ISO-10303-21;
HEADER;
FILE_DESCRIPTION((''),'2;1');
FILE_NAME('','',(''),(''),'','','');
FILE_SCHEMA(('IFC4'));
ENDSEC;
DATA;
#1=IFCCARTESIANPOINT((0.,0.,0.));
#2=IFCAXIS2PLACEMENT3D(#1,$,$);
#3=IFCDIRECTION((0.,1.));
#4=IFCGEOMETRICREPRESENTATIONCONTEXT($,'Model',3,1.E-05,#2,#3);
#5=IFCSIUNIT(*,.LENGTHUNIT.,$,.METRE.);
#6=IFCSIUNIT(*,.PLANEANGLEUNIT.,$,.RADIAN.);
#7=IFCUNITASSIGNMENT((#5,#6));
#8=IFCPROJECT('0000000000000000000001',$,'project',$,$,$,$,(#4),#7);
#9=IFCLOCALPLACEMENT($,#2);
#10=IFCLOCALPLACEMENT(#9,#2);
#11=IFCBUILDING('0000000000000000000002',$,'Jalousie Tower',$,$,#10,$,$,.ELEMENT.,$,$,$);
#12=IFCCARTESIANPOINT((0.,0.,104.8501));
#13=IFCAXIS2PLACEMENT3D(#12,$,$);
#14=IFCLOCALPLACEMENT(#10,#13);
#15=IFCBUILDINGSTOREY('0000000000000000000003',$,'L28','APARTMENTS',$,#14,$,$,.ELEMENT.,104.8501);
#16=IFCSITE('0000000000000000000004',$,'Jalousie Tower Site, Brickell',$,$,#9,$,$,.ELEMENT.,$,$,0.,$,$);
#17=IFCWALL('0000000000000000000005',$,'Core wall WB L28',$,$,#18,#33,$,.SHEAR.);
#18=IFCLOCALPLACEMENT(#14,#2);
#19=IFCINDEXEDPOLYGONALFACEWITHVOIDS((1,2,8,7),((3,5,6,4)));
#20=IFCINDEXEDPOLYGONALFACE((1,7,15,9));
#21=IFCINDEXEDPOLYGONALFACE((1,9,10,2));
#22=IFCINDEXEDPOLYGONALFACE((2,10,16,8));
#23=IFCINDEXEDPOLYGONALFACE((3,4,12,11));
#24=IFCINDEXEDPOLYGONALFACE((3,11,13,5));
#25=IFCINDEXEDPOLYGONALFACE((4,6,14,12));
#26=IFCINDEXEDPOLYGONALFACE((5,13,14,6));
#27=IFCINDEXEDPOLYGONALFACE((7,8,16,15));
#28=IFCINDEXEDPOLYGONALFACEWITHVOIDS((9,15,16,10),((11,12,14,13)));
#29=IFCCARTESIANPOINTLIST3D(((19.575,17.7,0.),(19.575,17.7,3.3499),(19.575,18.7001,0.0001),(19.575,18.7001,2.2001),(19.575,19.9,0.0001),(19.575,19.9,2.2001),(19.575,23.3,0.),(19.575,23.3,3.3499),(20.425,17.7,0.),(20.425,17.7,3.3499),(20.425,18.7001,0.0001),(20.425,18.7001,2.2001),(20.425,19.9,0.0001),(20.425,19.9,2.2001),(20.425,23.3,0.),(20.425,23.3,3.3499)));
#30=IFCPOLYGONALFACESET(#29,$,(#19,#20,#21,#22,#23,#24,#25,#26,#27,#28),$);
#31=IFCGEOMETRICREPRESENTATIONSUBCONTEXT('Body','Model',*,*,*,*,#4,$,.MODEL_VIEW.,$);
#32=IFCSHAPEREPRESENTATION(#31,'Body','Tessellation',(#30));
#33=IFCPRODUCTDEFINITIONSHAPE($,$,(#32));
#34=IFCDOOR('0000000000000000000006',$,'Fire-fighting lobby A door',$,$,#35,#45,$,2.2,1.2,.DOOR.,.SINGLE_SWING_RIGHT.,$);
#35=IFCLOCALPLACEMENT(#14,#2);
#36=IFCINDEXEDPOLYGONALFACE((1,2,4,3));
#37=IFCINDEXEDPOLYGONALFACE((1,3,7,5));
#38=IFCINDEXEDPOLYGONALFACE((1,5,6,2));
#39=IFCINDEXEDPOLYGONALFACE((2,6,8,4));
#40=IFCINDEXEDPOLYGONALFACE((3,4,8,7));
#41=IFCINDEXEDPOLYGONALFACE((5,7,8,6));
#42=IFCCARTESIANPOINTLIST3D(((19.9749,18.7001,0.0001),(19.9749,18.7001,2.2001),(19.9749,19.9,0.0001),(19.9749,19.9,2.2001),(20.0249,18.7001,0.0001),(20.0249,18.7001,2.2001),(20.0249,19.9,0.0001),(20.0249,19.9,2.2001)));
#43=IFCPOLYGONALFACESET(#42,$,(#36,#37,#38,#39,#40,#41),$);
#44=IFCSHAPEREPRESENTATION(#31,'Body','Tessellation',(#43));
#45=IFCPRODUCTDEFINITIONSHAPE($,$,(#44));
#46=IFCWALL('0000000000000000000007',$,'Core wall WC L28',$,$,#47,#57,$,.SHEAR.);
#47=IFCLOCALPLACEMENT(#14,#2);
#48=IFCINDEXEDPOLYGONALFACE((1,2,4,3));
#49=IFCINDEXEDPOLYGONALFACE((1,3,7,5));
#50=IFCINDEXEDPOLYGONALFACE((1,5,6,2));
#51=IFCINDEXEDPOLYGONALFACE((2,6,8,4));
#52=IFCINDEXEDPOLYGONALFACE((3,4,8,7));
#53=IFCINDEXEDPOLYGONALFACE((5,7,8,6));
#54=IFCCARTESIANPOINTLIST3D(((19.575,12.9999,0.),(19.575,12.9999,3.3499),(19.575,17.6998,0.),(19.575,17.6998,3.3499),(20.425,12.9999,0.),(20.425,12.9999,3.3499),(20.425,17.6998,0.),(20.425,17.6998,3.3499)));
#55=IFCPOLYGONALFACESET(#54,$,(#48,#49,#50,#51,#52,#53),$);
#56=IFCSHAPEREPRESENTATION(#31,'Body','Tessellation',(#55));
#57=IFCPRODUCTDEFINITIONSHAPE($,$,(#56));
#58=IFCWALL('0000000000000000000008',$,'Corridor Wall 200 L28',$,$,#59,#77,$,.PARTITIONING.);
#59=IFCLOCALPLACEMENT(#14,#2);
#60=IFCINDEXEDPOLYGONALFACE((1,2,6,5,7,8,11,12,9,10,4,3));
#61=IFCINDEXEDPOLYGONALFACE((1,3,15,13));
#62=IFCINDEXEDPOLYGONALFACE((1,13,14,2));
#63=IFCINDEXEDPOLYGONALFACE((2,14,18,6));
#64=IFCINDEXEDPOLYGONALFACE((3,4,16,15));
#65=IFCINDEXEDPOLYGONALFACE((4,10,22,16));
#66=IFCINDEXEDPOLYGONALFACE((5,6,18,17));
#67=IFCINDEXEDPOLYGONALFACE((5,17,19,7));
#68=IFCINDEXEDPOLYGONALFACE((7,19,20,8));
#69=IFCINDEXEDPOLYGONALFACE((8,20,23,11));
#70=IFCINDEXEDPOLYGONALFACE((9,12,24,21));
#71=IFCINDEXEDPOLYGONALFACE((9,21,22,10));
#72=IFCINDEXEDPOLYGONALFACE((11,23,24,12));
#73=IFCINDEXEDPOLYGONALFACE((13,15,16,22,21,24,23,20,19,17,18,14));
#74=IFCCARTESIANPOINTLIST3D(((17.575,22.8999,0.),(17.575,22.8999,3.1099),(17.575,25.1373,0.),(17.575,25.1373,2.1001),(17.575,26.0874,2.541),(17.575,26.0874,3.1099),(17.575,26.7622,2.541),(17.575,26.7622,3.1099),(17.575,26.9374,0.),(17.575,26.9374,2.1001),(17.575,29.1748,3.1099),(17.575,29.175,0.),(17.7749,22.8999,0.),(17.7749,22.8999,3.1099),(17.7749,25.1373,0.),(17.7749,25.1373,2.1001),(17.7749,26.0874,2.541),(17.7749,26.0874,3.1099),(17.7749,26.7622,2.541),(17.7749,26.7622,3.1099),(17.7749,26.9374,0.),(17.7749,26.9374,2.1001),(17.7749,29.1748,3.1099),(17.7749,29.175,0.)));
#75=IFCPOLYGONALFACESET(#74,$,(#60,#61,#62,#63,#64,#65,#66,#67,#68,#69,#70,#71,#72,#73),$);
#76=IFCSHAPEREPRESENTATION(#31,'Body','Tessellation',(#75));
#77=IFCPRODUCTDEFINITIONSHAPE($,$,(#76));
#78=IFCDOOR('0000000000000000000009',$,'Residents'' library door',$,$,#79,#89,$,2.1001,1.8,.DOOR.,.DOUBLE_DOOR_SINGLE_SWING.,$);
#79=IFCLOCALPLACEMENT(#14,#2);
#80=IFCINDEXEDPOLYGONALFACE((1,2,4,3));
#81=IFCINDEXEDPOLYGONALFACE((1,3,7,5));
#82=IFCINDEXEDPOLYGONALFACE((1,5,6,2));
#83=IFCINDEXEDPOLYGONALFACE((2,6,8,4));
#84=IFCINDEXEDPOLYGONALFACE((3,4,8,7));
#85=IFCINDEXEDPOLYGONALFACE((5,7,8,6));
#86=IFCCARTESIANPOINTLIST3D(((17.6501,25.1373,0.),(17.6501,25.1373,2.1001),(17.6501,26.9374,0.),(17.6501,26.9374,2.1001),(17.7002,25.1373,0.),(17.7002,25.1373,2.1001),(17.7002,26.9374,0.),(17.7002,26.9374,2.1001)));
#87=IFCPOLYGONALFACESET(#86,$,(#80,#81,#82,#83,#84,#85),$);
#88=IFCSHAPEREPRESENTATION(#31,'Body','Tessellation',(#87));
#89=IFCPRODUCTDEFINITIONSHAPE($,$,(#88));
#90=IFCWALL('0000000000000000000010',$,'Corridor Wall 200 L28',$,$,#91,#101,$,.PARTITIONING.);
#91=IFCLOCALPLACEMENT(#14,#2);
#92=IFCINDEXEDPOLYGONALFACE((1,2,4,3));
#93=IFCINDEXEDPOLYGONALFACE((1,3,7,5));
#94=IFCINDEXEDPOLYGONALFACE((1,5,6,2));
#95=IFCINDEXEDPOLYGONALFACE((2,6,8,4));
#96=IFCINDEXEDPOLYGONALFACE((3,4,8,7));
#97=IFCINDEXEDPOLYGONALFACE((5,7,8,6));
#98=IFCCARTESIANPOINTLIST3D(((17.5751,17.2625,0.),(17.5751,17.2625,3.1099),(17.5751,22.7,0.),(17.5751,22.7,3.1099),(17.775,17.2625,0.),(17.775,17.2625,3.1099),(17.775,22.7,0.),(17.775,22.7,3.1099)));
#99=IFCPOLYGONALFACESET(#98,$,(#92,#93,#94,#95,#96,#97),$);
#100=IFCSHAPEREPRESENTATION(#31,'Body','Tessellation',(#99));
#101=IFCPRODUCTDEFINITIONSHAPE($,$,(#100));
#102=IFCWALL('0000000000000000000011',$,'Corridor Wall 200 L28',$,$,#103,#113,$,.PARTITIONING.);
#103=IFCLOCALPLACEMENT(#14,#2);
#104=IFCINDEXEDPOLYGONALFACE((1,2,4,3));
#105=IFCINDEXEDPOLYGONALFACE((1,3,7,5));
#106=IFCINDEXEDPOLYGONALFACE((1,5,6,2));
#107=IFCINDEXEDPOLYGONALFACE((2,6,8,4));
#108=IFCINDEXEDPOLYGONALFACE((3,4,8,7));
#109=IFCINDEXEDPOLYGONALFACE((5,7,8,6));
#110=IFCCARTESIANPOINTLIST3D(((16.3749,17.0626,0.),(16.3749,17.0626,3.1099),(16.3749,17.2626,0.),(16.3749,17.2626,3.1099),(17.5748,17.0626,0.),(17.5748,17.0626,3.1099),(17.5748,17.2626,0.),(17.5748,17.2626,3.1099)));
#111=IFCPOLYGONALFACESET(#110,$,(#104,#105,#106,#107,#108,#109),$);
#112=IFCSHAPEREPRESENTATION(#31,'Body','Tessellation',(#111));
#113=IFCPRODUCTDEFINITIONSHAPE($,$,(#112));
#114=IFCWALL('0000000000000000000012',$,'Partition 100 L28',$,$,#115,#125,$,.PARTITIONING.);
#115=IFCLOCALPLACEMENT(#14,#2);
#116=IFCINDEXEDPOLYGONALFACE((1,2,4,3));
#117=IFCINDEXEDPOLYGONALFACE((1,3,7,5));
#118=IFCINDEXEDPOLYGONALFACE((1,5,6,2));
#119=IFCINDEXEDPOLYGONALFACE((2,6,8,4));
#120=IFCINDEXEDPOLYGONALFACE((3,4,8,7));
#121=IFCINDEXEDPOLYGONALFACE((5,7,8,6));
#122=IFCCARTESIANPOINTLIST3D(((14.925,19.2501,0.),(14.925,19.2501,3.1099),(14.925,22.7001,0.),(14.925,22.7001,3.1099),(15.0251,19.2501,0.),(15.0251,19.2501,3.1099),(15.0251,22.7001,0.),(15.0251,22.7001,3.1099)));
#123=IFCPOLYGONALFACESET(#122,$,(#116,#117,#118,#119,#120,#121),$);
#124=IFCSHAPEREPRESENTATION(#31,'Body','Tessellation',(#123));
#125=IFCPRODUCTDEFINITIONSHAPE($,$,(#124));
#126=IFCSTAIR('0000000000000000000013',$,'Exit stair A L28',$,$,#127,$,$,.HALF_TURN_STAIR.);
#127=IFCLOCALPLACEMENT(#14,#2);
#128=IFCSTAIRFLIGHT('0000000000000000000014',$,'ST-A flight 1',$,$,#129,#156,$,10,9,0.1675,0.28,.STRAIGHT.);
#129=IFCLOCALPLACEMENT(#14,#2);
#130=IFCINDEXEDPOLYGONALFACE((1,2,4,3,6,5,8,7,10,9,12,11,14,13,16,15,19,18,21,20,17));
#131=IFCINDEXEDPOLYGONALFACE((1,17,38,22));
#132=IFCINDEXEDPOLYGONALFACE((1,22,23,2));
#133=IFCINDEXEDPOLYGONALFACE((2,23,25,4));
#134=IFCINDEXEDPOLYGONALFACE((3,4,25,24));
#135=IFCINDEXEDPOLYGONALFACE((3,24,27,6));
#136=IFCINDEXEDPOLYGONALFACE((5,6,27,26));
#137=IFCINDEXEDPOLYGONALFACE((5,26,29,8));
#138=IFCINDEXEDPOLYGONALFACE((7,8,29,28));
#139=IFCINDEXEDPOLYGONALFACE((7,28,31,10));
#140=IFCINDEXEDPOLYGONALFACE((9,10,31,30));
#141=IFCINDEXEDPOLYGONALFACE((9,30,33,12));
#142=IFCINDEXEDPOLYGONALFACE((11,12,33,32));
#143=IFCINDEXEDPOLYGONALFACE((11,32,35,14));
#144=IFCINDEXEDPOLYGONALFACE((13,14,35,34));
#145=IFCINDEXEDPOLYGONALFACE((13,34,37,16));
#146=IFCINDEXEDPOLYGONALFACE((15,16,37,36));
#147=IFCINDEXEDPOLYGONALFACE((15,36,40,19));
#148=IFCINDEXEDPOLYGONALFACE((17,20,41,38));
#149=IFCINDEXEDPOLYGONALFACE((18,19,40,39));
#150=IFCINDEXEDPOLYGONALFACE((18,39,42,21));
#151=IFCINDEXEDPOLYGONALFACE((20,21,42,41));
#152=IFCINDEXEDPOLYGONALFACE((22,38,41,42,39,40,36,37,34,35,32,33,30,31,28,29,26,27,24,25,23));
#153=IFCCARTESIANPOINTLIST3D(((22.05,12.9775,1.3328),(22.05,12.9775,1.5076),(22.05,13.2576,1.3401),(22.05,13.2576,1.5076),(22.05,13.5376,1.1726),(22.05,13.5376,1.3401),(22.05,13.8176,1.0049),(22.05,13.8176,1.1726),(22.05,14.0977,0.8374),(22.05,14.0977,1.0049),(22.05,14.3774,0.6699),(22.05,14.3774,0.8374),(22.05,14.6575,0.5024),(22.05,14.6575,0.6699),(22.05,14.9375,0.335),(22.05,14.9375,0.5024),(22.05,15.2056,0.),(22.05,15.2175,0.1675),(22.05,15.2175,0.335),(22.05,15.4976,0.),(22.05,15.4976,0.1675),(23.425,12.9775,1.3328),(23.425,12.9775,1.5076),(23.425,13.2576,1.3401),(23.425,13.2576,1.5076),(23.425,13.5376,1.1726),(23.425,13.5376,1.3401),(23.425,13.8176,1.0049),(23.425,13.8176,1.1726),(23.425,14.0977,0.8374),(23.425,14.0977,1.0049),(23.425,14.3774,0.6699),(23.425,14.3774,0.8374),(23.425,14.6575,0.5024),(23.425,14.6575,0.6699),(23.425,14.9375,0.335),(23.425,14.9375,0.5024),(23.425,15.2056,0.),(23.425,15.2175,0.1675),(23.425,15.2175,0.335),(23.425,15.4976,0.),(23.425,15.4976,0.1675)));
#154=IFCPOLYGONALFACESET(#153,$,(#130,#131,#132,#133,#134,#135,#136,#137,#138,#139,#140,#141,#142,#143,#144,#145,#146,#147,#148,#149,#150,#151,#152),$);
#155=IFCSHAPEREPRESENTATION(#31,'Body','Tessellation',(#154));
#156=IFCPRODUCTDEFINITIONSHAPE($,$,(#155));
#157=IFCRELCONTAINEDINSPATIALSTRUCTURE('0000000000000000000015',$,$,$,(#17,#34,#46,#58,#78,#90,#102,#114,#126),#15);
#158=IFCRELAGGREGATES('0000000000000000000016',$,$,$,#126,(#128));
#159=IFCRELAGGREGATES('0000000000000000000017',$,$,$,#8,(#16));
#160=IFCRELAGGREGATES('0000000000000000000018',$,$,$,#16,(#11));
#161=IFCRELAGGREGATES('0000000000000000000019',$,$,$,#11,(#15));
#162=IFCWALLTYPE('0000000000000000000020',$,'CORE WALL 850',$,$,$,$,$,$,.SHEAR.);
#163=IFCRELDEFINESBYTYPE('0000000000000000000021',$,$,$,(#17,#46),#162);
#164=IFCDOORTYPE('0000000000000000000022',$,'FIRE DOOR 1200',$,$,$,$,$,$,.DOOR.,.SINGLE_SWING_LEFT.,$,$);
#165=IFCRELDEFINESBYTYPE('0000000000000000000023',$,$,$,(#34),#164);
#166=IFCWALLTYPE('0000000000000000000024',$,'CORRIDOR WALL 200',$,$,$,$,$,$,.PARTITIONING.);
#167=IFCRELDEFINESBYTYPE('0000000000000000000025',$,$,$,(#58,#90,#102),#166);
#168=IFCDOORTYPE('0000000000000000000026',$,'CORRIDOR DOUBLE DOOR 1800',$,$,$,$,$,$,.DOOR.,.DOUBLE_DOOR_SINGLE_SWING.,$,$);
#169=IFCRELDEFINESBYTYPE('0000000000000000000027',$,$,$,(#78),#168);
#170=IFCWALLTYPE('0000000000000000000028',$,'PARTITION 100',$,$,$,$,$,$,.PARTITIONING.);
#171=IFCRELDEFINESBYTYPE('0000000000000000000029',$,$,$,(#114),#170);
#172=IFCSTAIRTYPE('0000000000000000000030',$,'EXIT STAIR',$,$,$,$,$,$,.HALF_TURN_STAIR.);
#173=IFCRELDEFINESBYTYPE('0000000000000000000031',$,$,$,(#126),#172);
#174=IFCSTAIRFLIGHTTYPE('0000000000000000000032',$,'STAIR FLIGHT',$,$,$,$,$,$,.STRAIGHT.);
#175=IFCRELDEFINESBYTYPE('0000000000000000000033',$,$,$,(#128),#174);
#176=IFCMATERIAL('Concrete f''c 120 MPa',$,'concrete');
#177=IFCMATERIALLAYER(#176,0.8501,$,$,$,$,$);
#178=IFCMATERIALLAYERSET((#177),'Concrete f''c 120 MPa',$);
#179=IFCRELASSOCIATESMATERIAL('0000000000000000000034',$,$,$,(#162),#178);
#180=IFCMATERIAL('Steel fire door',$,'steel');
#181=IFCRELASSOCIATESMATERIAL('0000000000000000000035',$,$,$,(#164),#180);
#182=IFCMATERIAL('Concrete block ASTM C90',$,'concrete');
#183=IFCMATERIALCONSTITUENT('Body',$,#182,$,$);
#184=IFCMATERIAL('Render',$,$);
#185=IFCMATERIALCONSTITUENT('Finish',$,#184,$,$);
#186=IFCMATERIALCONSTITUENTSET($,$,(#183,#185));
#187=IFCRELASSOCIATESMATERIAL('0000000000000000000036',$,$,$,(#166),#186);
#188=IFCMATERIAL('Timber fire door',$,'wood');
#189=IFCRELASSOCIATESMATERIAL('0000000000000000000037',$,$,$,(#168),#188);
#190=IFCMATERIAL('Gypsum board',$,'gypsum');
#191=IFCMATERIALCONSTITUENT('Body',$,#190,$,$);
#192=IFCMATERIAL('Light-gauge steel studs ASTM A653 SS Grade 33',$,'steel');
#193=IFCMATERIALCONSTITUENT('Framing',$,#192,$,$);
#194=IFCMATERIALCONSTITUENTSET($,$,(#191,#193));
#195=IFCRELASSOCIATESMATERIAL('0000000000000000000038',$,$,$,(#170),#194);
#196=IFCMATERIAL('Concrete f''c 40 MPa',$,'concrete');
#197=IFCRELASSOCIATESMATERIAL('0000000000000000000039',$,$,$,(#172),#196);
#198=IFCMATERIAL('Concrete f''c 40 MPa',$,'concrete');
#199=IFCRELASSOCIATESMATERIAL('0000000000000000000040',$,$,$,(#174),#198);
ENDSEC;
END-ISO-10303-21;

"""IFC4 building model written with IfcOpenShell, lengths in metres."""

from ifc_helpers import new_model, si_unit, direction, frame, frame_2d, origin, place, context, subcontext, project, spatial, polyline, rectangle, outline, extrude, material, layer, layer_set, constituent, constituent_set, type_object, element, fill, aggregate, save


model = new_model("IFC4")

# Units and contexts
model_context = context("Model", 3, precision=1e-05, world=origin(), true_north=direction((0.0, 1.0)))
body_context = subcontext(model_context, "Body", "Model", "MODEL_VIEW")
ifc_project = project(units=[si_unit("LENGTHUNIT", "METRE"), si_unit("PLANEANGLEUNIT", "RADIAN")], contexts=[model_context])

# Site, building, storey
site_placement = place(None, origin())
site = spatial("IfcSite", under=ifc_project, at=site_placement, Name="Jalousie Tower Site, Brickell", CompositionType="ELEMENT", RefElevation=0.0)
building_placement = place(site_placement, origin())
building = spatial("IfcBuilding", under=site, at=building_placement, Name="Jalousie Tower", CompositionType="ELEMENT")
storey_placement = place(building_placement, frame((0.0, 0.0, 104.8501)))
storey = spatial("IfcBuildingStorey", under=building, at=storey_placement, Name="L28", Description="APARTMENTS", CompositionType="ELEMENT", Elevation=104.8501)

# Shared definitions
ifc_material_1 = material(Name="Concrete f'c 120 MPa", Category="concrete")
ifc_layer_1 = layer(ifc_material_1, 0.8501)
ifc_layer_set_1 = layer_set([ifc_layer_1], Name="Concrete f'c 120 MPa")
wall_type_1 = type_object("IfcWallType", Name="CORE WALL 850", PredefinedType="SHEAR", material=ifc_layer_set_1)

# Wall, opening, door
wall_1_placement = place(storey_placement, frame((20.0, 23.3, 0.0), z_axis=(0.0, 0.0, 1.0), x_axis=(0.0, -1.0, 0.0)))
wall_1 = element("IfcWall", 1, at=wall_1_placement, inside=storey, type_object=wall_type_1, Name="Core wall WB L28", PredefinedType="SHEAR", context=body_context, shape_type="SweptSolid", body=[
    extrude(rectangle(XDim=5.6001, YDim=0.8501, at=frame_2d((2.8, 0.0))), origin(), (0.0, 0.0, 1.0), 3.3499),
])
opening_1_placement = place(wall_1_placement, frame((3.3999, 0.0, 0.0)))
opening_1 = element("IfcOpeningElement", 2, at=opening_1_placement, cuts=wall_1, PredefinedType="OPENING", context=body_context, shape_type="SweptSolid", body=[
    extrude(rectangle(XDim=1.2, YDim=2.2, at=frame_2d((0.6001, 1.1001))), frame((0.0, 0.4351, 0.0), z_axis=(0.0, -1.0, 0.0), x_axis=(1.0, 0.0, 0.0)), (0.0, 0.0, 1.0), 0.8701),
])
ifc_material_2 = material(Name="Steel fire door", Category="steel")
door_type_1 = type_object("IfcDoorType", Name="FIRE DOOR 1200", OperationType="SINGLE_SWING_LEFT", PredefinedType="DOOR", material=ifc_material_2)
door_1_placement = place(opening_1_placement, origin())
door_1 = element("IfcDoor", 3, at=door_1_placement, inside=storey, type_object=door_type_1, Name="Fire-fighting lobby A door", OperationType="SINGLE_SWING_RIGHT", OverallHeight=2.2, OverallWidth=1.2, PredefinedType="DOOR", context=body_context, shape_type="SweptSolid", body=[
    extrude(rectangle(XDim=1.2, YDim=2.2, at=frame_2d((0.6001, 1.1001))), frame((0.0, 0.0249, 0.0), z_axis=(0.0, -1.0, 0.0), x_axis=(1.0, 0.0, 0.0)), (0.0, 0.0, 1.0), 0.05),
])
fill(opening_1, door_1)

# Wall
wall_2_placement = place(storey_placement, frame((20.0, 17.7, 0.0), z_axis=(0.0, 0.0, 1.0), x_axis=(0.0, -1.0, 0.0)))
element("IfcWall", 4, at=wall_2_placement, inside=storey, type_object=wall_type_1, Name="Core wall WC L28", PredefinedType="SHEAR", context=body_context, shape_type="SweptSolid", body=[
    extrude(rectangle(XDim=4.7, YDim=0.8501, at=frame_2d((2.3501, 0.0))), origin(), (0.0, 0.0, 1.0), 3.3499),
])

# Wall, opening, door
ifc_material_3 = material(Name="Concrete block ASTM C90", Category="concrete")
ifc_constituent_1 = constituent(ifc_material_3, Name="Body")
ifc_material_4 = material(Name="Render")
ifc_constituent_2 = constituent(ifc_material_4, Name="Finish")
ifc_constituent_set_1 = constituent_set(constituents=[ifc_constituent_1, ifc_constituent_2])
wall_type_2 = type_object("IfcWallType", Name="CORRIDOR WALL 200", PredefinedType="PARTITIONING", material=ifc_constituent_set_1)
wall_3_placement = place(storey_placement, frame((17.675, 22.8999, 0.0), z_axis=(0.0, 0.0, 1.0), x_axis=(0.0, 1.0, 0.0)))
wall_3 = element("IfcWall", 5, at=wall_3_placement, inside=storey, type_object=wall_type_2, Name="Corridor Wall 200 L28", PredefinedType="PARTITIONING", context=body_context, shape_type="SweptSolid", body=[
    extrude(outline(polyline([(0.0, 0.0), (6.2751, 0.0), (6.2749, 3.1099), (3.8623, 3.1099), (3.8623, 2.541), (3.1875, 2.541), (3.1875, 3.1099), (0.0, 3.1099), (0.0, 0.0)])), frame((0.0, 0.1001, 0.0), z_axis=(0.0, -1.0, 0.0), x_axis=(1.0, 0.0, 0.0)), (0.0, 0.0, 1.0), 0.2),
])
opening_2_placement = place(wall_3_placement, frame((2.2375, 0.0, 0.0)))
opening_2 = element("IfcOpeningElement", 6, at=opening_2_placement, cuts=wall_3, PredefinedType="OPENING", context=body_context, shape_type="SweptSolid", body=[
    extrude(rectangle(XDim=1.8, YDim=2.1001, at=frame_2d((0.8999, 1.05))), frame((0.0, 0.1099, 0.0), z_axis=(0.0, -1.0, 0.0), x_axis=(1.0, 0.0, 0.0)), (0.0, 0.0, 1.0), 0.22),
])
ifc_material_5 = material(Name="Timber fire door", Category="wood")
door_type_2 = type_object("IfcDoorType", Name="CORRIDOR DOUBLE DOOR 1800", OperationType="DOUBLE_DOOR_SINGLE_SWING", PredefinedType="DOOR", material=ifc_material_5)
door_2_placement = place(opening_2_placement, origin())
door_2 = element("IfcDoor", 7, at=door_2_placement, inside=storey, type_object=door_type_2, Name="Residents' library door", OperationType="DOUBLE_DOOR_SINGLE_SWING", OverallHeight=2.1001, OverallWidth=1.8, PredefinedType="DOOR", context=body_context, shape_type="SweptSolid", body=[
    extrude(rectangle(XDim=1.8, YDim=2.1001, at=frame_2d((0.8999, 1.05))), frame((0.0, 0.0249, 0.0), z_axis=(0.0, -1.0, 0.0), x_axis=(1.0, 0.0, 0.0)), (0.0, 0.0, 1.0), 0.05),
])
fill(opening_2, door_2)

# Walls
wall_4_placement = place(storey_placement, frame((17.675, 17.2625, 0.0), z_axis=(0.0, 0.0, 1.0), x_axis=(0.0, 1.0, 0.0)))
element("IfcWall", 8, at=wall_4_placement, inside=storey, type_object=wall_type_2, Name="Corridor Wall 200 L28", PredefinedType="PARTITIONING", context=body_context, shape_type="SweptSolid", body=[
    extrude(rectangle(XDim=5.4375, YDim=0.2, at=frame_2d((2.7188, 0.0))), origin(), (0.0, 0.0, 1.0), 3.1099),
])
wall_5_placement = place(storey_placement, frame((17.575, 17.1626, 0.0), z_axis=(0.0, 0.0, 1.0), x_axis=(-1.0, 0.0, 0.0)))
element("IfcWall", 9, at=wall_5_placement, inside=storey, type_object=wall_type_2, Name="Corridor Wall 200 L28", PredefinedType="PARTITIONING", context=body_context, shape_type="SweptSolid", body=[
    extrude(rectangle(XDim=1.2, YDim=0.2, at=frame_2d((0.6001, 0.0))), origin(), (0.0, 0.0, 1.0), 3.1099),
])
ifc_material_6 = material(Name="Gypsum board", Category="gypsum")
ifc_constituent_3 = constituent(ifc_material_6, Name="Body")
ifc_material_7 = material(Name="Light-gauge steel studs ASTM A653 SS Grade 33", Category="steel")
ifc_constituent_4 = constituent(ifc_material_7, Name="Framing")
ifc_constituent_set_2 = constituent_set(constituents=[ifc_constituent_3, ifc_constituent_4])
wall_type_3 = type_object("IfcWallType", Name="PARTITION 100", PredefinedType="PARTITIONING", material=ifc_constituent_set_2)
wall_6_placement = place(storey_placement, frame((14.9751, 19.25, 0.0), z_axis=(0.0, 0.0, 1.0), x_axis=(0.0, 1.0, 0.0)))
element("IfcWall", 10, at=wall_6_placement, inside=storey, type_object=wall_type_3, Name="Partition 100 L28", PredefinedType="PARTITIONING", context=body_context, shape_type="SweptSolid", body=[
    extrude(rectangle(XDim=3.45, YDim=0.1001, at=frame_2d((1.7251, 0.0))), origin(), (0.0, 0.0, 1.0), 3.1099),
])

# Stair, stair flight
ifc_material_8 = material(Name="Concrete f'c 40 MPa", Category="concrete")
stair_type = type_object("IfcStairType", Name="EXIT STAIR", PredefinedType="HALF_TURN_STAIR", material=ifc_material_8)
stair_placement = place(storey_placement, origin())
stair = element("IfcStair", 11, at=stair_placement, inside=storey, type_object=stair_type, Name="Exit stair A L28", PredefinedType="HALF_TURN_STAIR")
ifc_material_9 = material(Name="Concrete f'c 40 MPa", Category="concrete")
stair_flight_type = type_object("IfcStairFlightType", Name="STAIR FLIGHT", PredefinedType="STRAIGHT", material=ifc_material_9)
stair_flight_placement = place(storey_placement, frame((22.7375, 15.4976, 0.0), z_axis=(0.0, 0.0, 1.0), x_axis=(0.0, -1.0, 0.0)))
stair_flight = element("IfcStairFlight", 12, at=stair_flight_placement, type_object=stair_flight_type, Name="ST-A flight 1", NumberOfRisers=10, NumberOfTreads=9, PredefinedType="STRAIGHT", RiserHeight=0.1675, TreadLength=0.28, context=body_context, shape_type="SweptSolid", body=[
    extrude(outline(polyline([(0.0, 0.0), (0.0, 0.1675), (0.28, 0.1675), (0.28, 0.335), (0.5601, 0.335), (0.5601, 0.5024), (0.8401, 0.5024), (0.8401, 0.6699), (1.1201, 0.6699), (1.1201, 0.8374), (1.3999, 0.8374), (1.3999, 1.0049), (1.6799, 1.0049), (1.6799, 1.1726), (1.96, 1.1726), (1.96, 1.3401), (2.24, 1.3401), (2.24, 1.5076), (2.52, 1.5076), (2.52, 1.675), (2.52, 1.3328), (0.292, 0.0), (0.0, 0.0)])), frame((0.0, 0.6875, 0.0), z_axis=(0.0, -1.0, 0.0), x_axis=(1.0, 0.0, 0.0)), (0.0, 0.0, 1.0), 1.375),
])
aggregate(stair, [stair_flight])

save(model, "model.ifc")
